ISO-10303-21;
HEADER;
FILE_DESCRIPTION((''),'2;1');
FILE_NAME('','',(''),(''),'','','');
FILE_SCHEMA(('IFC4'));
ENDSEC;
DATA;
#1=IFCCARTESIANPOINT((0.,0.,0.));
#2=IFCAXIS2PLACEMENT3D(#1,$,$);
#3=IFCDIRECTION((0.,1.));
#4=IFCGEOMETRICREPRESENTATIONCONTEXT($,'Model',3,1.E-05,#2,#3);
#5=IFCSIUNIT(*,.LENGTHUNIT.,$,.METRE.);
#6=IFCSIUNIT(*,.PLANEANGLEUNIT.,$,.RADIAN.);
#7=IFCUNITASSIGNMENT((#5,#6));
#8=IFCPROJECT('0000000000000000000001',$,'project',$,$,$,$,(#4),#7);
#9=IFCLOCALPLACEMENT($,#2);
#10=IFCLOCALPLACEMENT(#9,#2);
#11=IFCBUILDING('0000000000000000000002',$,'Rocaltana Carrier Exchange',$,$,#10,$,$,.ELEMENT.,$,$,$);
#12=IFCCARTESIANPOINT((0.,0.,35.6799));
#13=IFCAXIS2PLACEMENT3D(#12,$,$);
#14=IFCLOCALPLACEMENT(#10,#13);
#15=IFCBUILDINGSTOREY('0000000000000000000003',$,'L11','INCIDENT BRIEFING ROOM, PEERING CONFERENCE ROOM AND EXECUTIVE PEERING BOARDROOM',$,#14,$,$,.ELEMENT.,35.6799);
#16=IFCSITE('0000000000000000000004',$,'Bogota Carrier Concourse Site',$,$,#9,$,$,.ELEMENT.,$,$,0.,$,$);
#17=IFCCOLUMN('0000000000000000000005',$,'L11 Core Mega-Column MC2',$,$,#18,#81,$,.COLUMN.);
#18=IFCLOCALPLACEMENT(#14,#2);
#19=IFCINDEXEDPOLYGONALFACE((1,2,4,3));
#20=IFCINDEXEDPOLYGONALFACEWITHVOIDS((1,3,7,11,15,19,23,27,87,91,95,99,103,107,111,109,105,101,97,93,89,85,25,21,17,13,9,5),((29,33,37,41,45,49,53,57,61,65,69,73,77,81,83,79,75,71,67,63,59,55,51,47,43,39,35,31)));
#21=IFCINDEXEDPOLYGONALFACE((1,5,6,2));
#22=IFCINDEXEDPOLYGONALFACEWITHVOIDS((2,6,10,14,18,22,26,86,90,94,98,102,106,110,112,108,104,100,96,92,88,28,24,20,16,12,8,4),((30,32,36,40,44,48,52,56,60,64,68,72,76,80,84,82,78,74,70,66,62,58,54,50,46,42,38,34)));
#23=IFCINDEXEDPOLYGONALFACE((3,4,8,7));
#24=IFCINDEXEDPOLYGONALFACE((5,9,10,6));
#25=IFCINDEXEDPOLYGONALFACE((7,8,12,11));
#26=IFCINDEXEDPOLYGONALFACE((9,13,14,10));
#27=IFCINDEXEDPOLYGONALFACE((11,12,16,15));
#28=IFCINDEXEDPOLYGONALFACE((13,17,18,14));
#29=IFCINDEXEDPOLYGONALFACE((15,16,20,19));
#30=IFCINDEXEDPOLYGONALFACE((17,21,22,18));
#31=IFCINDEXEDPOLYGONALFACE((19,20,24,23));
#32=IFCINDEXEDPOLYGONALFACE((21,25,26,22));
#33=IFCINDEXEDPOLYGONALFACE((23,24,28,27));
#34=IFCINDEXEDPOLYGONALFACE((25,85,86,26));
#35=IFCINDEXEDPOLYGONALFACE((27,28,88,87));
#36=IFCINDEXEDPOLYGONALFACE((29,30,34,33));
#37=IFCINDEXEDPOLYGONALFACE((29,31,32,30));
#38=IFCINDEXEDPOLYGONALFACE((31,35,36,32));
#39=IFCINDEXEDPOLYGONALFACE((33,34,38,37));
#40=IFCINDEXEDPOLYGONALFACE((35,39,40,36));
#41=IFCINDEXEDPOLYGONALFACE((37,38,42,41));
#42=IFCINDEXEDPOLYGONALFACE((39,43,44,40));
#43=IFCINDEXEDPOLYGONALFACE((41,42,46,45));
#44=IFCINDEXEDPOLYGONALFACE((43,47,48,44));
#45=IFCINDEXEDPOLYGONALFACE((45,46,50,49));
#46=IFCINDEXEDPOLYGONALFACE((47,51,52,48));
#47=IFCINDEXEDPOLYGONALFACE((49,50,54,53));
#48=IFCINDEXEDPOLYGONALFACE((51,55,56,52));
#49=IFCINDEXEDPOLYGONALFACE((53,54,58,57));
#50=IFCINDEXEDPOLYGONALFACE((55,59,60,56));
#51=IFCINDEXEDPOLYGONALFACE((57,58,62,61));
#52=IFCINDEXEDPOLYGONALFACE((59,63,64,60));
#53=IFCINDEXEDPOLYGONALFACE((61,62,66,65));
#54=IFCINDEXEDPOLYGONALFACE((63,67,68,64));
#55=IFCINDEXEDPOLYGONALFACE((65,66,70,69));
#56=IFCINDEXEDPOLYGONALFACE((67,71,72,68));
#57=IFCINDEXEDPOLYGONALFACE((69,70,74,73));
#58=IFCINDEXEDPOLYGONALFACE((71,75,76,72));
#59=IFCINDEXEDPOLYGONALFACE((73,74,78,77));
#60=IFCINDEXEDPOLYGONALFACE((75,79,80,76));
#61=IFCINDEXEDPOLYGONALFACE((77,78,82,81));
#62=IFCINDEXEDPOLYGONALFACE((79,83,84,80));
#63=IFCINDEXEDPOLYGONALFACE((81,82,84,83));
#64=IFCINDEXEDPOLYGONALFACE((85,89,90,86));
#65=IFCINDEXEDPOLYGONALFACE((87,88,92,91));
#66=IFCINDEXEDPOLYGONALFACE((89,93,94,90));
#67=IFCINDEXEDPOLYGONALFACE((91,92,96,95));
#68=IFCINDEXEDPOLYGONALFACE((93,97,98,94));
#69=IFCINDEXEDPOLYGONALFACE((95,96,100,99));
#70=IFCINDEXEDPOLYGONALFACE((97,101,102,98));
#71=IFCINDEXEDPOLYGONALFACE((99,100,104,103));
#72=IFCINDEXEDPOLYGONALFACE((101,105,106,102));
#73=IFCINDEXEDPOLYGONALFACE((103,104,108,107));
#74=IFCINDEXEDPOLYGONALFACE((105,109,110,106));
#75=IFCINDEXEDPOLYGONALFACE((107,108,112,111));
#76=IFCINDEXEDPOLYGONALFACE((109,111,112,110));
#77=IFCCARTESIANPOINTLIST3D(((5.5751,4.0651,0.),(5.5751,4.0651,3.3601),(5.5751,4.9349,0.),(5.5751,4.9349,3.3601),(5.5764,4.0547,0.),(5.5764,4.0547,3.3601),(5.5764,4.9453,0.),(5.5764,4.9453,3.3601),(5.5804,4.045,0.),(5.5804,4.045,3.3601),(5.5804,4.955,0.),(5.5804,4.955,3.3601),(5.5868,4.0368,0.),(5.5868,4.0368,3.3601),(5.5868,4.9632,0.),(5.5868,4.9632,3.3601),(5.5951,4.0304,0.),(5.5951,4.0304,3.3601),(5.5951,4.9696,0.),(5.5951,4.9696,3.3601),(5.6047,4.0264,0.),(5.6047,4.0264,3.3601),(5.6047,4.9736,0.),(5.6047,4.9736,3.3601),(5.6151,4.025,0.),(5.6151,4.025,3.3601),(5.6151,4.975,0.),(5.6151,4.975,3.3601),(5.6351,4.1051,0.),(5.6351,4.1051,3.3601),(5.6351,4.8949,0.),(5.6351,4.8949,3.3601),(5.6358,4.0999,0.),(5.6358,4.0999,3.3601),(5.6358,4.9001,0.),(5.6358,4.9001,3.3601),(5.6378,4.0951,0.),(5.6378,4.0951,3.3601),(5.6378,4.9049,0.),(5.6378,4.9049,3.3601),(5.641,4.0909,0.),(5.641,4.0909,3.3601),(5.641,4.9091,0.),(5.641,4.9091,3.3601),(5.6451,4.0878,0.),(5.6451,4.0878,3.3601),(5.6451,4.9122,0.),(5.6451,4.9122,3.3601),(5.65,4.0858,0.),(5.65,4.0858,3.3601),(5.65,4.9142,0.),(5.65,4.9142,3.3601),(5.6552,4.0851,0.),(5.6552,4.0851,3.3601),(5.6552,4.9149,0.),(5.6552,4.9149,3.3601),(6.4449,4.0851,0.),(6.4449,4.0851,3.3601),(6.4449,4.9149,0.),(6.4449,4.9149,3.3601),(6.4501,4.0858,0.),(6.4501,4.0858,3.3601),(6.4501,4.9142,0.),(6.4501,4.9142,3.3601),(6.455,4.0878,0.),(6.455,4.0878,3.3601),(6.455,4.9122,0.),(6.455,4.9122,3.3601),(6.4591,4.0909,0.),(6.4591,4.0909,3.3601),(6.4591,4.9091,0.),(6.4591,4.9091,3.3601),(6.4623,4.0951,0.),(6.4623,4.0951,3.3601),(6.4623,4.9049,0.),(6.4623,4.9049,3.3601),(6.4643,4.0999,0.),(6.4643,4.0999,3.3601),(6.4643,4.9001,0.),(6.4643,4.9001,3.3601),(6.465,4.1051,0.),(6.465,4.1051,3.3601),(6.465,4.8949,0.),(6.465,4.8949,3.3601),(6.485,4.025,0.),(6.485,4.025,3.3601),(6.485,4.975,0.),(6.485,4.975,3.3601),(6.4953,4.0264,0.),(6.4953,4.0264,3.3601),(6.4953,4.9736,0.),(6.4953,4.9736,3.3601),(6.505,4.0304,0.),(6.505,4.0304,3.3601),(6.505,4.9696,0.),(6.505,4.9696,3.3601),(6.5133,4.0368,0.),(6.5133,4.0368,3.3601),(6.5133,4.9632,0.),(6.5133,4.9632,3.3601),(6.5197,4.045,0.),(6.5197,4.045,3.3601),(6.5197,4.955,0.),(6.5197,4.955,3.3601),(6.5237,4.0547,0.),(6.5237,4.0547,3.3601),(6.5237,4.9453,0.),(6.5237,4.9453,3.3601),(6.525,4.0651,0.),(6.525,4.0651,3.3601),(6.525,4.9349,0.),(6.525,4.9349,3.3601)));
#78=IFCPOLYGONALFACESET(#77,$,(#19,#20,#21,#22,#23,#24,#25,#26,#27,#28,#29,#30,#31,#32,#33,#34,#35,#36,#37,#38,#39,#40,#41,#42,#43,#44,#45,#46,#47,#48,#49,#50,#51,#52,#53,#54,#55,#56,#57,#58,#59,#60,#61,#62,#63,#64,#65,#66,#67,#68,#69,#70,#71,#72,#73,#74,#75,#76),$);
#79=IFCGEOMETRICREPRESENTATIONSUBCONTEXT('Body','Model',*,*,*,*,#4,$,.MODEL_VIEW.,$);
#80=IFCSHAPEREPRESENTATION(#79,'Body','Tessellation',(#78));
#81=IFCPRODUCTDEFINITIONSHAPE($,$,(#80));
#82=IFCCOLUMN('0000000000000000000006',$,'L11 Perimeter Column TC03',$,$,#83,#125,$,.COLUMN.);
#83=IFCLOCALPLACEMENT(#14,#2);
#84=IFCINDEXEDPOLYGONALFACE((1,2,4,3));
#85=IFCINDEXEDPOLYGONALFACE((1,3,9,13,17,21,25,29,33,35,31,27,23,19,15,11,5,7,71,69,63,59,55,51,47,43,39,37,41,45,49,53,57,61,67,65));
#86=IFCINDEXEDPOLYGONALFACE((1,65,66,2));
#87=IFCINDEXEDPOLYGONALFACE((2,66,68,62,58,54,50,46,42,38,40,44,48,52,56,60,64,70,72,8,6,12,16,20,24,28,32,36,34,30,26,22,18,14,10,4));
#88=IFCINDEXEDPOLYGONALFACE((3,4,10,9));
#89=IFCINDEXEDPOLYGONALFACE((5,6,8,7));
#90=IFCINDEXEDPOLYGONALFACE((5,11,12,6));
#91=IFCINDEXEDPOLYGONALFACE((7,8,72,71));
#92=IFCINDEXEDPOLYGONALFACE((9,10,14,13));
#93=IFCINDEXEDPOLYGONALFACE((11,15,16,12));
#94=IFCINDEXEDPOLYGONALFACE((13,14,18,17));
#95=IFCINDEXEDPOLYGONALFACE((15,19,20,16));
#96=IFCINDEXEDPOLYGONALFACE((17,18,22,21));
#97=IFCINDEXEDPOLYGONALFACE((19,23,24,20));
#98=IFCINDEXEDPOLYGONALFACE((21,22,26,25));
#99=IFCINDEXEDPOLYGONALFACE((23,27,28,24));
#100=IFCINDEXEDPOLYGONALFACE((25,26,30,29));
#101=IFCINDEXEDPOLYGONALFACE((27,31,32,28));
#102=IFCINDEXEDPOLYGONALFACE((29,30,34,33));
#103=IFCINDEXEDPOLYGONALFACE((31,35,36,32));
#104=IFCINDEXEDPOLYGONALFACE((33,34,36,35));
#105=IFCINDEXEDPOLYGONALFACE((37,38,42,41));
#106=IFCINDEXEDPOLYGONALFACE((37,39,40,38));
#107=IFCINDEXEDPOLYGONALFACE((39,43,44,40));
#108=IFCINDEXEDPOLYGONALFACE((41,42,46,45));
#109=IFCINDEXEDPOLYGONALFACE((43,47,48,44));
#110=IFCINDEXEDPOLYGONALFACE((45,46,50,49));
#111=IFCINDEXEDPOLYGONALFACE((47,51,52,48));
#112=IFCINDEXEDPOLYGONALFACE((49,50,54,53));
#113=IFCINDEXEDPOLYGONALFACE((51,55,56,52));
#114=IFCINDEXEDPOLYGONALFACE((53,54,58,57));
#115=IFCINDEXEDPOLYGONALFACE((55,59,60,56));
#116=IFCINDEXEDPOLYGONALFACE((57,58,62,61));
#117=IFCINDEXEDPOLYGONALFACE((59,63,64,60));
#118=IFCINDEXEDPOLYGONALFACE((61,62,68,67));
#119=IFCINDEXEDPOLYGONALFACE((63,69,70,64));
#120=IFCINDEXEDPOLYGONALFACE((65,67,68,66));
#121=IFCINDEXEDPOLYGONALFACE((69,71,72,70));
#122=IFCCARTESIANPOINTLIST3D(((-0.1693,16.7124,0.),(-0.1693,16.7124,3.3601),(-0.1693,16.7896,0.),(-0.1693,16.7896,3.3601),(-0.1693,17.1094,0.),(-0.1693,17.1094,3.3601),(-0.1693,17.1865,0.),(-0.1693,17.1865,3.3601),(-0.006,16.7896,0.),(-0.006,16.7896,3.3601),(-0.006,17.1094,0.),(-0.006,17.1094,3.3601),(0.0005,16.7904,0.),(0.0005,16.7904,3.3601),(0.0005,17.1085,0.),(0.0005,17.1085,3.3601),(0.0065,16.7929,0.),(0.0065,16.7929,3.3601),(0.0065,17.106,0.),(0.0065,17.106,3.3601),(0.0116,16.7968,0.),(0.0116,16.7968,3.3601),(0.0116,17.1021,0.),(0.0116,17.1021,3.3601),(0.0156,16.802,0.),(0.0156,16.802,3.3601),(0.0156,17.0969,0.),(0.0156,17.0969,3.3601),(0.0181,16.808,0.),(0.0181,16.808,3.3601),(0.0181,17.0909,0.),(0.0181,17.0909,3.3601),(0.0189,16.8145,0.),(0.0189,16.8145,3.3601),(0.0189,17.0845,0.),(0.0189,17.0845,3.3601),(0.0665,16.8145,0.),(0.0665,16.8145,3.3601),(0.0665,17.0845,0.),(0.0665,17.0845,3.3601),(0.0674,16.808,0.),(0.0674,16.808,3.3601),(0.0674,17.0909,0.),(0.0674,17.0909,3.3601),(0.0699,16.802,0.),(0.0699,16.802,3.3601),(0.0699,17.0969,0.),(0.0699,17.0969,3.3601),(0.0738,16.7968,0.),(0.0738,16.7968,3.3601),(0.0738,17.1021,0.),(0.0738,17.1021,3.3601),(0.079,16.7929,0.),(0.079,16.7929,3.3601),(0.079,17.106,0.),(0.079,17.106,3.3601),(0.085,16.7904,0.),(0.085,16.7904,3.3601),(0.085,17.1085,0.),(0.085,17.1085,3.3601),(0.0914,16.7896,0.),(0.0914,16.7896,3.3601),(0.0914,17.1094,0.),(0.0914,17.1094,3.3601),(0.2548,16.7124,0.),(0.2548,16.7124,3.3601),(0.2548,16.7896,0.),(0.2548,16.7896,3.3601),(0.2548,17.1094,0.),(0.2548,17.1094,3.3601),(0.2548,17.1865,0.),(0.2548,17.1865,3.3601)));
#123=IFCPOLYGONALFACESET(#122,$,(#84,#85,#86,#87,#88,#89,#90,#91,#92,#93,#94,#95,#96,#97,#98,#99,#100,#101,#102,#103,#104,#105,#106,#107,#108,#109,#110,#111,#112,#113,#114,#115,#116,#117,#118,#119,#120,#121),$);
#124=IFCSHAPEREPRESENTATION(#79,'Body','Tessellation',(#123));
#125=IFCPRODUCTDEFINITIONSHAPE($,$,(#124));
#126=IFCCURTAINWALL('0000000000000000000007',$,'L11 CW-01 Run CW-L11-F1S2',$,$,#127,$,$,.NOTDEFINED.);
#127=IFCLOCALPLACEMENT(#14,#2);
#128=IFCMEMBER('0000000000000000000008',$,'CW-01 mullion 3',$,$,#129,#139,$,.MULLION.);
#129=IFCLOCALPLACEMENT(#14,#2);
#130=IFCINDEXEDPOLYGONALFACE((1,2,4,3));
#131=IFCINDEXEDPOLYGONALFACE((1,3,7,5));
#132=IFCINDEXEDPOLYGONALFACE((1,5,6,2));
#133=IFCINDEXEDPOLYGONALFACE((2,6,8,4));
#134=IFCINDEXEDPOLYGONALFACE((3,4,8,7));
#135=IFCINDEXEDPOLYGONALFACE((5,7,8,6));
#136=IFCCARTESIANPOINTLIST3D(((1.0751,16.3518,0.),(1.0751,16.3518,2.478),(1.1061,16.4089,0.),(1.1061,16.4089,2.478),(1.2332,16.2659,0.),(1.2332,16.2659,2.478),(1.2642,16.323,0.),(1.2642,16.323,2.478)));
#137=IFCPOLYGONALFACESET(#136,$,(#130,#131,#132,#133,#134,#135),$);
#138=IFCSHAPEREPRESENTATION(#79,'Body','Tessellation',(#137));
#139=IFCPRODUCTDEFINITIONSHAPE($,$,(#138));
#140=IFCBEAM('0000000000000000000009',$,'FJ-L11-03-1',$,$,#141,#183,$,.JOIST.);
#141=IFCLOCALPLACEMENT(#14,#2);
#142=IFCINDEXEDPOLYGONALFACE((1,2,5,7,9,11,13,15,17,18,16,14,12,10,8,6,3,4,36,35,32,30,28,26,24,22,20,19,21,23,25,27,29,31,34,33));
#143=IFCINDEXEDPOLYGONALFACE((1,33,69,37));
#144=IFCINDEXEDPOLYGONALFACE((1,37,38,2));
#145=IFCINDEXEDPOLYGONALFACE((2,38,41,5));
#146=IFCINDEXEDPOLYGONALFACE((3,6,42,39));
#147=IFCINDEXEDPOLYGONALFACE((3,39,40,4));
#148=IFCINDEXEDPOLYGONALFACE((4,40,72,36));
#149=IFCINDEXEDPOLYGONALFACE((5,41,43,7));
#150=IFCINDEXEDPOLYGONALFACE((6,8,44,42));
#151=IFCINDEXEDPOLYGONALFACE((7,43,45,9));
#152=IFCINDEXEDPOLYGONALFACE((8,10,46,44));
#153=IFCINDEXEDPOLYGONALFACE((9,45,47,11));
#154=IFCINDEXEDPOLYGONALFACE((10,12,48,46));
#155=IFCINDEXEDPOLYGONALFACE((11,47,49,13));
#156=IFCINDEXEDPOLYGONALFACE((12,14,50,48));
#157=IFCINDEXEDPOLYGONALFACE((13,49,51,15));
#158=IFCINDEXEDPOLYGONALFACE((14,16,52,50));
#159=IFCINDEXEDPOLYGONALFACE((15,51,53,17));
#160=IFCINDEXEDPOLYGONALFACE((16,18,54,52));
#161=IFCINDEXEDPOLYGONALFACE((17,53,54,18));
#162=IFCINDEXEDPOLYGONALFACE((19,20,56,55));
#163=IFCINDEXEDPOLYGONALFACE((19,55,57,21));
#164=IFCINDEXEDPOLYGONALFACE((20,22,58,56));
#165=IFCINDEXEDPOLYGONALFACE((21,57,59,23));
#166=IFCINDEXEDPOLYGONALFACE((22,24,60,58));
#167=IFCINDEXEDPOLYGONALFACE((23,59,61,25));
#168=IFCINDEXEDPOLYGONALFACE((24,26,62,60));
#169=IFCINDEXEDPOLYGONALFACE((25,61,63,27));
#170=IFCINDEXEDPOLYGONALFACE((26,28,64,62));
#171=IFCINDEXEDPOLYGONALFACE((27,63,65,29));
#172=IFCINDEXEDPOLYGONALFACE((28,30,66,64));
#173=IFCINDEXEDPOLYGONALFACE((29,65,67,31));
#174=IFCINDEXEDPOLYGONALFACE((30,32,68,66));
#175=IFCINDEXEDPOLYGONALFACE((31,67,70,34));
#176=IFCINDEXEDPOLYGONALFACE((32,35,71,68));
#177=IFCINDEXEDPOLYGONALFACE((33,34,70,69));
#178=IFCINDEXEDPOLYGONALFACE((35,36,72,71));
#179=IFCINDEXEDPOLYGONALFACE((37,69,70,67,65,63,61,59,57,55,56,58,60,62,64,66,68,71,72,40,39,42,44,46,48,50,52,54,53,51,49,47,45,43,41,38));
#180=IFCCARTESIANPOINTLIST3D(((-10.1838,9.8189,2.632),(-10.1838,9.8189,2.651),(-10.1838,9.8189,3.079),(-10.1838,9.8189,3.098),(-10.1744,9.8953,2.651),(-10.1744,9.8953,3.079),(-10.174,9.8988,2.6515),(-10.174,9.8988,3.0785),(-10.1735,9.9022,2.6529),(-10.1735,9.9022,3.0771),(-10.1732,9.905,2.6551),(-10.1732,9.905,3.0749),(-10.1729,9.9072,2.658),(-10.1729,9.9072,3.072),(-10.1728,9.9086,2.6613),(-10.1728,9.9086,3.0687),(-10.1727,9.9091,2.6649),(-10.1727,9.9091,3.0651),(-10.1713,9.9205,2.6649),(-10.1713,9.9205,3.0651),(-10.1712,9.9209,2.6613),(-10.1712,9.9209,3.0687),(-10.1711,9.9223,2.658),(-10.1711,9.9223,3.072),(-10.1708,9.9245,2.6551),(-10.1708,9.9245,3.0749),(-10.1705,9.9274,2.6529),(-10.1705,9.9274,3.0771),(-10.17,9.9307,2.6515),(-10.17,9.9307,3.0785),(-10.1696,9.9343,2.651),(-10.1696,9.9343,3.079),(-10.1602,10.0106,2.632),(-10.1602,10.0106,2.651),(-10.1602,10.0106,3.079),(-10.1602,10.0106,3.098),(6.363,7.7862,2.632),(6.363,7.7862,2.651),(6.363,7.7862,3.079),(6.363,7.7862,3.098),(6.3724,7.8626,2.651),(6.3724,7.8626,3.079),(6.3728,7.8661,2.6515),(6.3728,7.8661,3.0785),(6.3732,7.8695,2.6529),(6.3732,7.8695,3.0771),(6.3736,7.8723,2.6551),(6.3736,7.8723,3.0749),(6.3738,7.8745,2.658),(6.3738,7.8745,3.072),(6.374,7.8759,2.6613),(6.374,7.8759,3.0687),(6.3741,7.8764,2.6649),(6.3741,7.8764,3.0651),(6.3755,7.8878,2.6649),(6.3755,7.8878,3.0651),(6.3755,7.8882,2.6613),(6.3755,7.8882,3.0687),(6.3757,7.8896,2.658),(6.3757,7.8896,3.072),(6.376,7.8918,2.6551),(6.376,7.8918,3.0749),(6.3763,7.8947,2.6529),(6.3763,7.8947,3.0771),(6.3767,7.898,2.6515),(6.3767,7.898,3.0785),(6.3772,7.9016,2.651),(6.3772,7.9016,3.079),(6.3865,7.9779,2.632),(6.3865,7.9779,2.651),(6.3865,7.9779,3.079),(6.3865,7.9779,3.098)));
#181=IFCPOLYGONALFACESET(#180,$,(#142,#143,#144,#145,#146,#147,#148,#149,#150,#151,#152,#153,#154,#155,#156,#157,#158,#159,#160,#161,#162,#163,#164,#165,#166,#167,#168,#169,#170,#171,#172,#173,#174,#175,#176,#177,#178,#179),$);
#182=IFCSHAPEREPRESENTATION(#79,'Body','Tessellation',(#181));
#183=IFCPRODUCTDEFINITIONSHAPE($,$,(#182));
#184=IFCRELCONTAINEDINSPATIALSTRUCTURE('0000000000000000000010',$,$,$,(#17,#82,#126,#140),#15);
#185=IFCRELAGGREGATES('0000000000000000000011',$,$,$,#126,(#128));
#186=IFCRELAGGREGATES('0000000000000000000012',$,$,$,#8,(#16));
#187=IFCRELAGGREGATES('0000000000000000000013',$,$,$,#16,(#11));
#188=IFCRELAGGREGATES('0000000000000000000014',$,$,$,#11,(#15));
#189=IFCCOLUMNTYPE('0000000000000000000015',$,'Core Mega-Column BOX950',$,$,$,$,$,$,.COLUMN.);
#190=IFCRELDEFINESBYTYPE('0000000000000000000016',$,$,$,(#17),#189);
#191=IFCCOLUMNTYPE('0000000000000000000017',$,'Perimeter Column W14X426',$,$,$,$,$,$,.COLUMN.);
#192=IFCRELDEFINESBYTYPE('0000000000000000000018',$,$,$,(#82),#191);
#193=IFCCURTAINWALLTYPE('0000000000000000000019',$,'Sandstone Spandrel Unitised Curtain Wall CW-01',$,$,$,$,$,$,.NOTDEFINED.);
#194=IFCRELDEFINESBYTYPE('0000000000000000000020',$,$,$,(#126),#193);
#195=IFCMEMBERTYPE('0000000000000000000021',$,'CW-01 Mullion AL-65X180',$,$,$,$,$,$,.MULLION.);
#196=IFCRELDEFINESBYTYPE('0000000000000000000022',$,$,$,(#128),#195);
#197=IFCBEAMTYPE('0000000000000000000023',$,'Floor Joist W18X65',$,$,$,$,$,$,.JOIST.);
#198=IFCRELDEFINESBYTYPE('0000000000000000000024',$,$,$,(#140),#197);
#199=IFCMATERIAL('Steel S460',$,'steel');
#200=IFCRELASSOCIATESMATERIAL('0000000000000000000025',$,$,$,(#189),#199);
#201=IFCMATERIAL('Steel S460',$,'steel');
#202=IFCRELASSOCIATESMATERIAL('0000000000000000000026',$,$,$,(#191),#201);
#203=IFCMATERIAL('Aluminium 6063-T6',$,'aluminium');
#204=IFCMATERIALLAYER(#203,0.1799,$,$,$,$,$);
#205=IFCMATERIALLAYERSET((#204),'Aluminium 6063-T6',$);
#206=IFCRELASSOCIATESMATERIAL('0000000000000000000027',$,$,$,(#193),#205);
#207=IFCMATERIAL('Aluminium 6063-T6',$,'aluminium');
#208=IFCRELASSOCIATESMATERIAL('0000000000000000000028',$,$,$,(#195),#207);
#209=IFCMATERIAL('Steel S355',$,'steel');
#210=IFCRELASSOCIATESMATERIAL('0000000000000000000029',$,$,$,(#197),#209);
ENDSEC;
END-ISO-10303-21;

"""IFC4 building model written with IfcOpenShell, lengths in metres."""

from ifc_helpers import new_model, si_unit, direction, frame, origin, origin_2d, place, context, subcontext, project, spatial, rectangle, hollow_rectangle, i_section, extrude, material, layer, layer_set, material_profile, profile_set, type_object, element, aggregate, save


model = new_model("IFC4")

# Units and contexts
model_context = context("Model", 3, precision=1e-05, world=origin(), true_north=direction((0.0, 1.0)))
body_context = subcontext(model_context, "Body", "Model", "MODEL_VIEW")
ifc_project = project(units=[si_unit("LENGTHUNIT", "METRE"), si_unit("PLANEANGLEUNIT", "RADIAN")], contexts=[model_context])

# Site, building, storey
site_placement = place(None, origin())
site = spatial("IfcSite", under=ifc_project, at=site_placement, Name="Bogota Carrier Concourse Site", CompositionType="ELEMENT", RefElevation=0.0)
building_placement = place(site_placement, origin())
building = spatial("IfcBuilding", under=site, at=building_placement, Name="Rocaltana Carrier Exchange", CompositionType="ELEMENT")
storey_placement = place(building_placement, frame((0.0, 0.0, 35.6799)))
storey = spatial("IfcBuildingStorey", under=building, at=storey_placement, Name="L11", Description="INCIDENT BRIEFING ROOM, PEERING CONFERENCE ROOM AND EXECUTIVE PEERING BOARDROOM", CompositionType="ELEMENT", Elevation=35.6799)

# Columns
ifc_material_1 = material(Name="Steel S460", Category="steel")
ifc_material_profile_1 = material_profile(ifc_material_1, hollow_rectangle(XDim=0.95, YDim=0.95, WallThickness=0.0601, InnerFilletRadius=0.02, OuterFilletRadius=0.04, at=origin_2d()), Name="BOX950X950X60")
ifc_profile_set_1 = profile_set([ifc_material_profile_1], Name="Steel S460")
column_type_1 = type_object("IfcColumnType", Name="Core Mega-Column BOX950", PredefinedType="COLUMN", material=ifc_profile_set_1)
column_1_placement = place(storey_placement, frame((6.05, 4.5, 0.0), z_axis=(0.0, 0.0, 1.0), x_axis=(1.0, 0.0, 0.0)))
element("IfcColumn", 1, at=column_1_placement, inside=storey, type_object=column_type_1, Name="L11 Core Mega-Column MC2", PredefinedType="COLUMN", context=body_context, shape_type="SweptSolid", body=[
    extrude(hollow_rectangle(XDim=0.95, YDim=0.95, WallThickness=0.0601, InnerFilletRadius=0.02, OuterFilletRadius=0.04, at=origin_2d()), origin(), (0.0, 0.0, 1.0), 3.3601),
])
ifc_material_2 = material(Name="Steel S460", Category="steel")
ifc_material_profile_2 = material_profile(ifc_material_2, i_section(OverallWidth=0.4241, OverallDepth=0.4741, WebThickness=0.0476, FlangeThickness=0.0771, FilletRadius=0.0249, at=origin_2d()), Name="W14X426")
ifc_profile_set_2 = profile_set([ifc_material_profile_2], Name="Steel S460")
column_type_2 = type_object("IfcColumnType", Name="Perimeter Column W14X426", PredefinedType="COLUMN", material=ifc_profile_set_2)
column_2_placement = place(storey_placement, frame((0.0427, 16.9495, 0.0), z_axis=(0.0, 0.0, 1.0), x_axis=(1.0, 0.0, 0.0)))
element("IfcColumn", 2, at=column_2_placement, inside=storey, type_object=column_type_2, Name="L11 Perimeter Column TC03", PredefinedType="COLUMN", context=body_context, shape_type="SweptSolid", body=[
    extrude(i_section(OverallWidth=0.4241, OverallDepth=0.4741, WebThickness=0.0476, FlangeThickness=0.0771, FilletRadius=0.0249, at=origin_2d()), origin(), (0.0, 0.0, 1.0), 3.3601),
])

# Curtain wall, member
ifc_material_3 = material(Name="Aluminium 6063-T6", Category="aluminium")
ifc_layer_1 = layer(ifc_material_3, 0.1799)
ifc_layer_set_1 = layer_set([ifc_layer_1], Name="Aluminium 6063-T6")
curtain_wall_type = type_object("IfcCurtainWallType", Name="Sandstone Spandrel Unitised Curtain Wall CW-01", PredefinedType="NOTDEFINED", material=ifc_layer_set_1)
curtain_wall_placement = place(storey_placement, origin())
curtain_wall = element("IfcCurtainWall", 3, at=curtain_wall_placement, inside=storey, type_object=curtain_wall_type, Name="L11 CW-01 Run CW-L11-F1S2", PredefinedType="NOTDEFINED")
ifc_material_4 = material(Name="Aluminium 6063-T6", Category="aluminium")
ifc_material_profile_3 = material_profile(ifc_material_4, rectangle(XDim=0.0649, YDim=0.1799, at=origin_2d()), Name="AL-65X180")
ifc_profile_set_3 = profile_set([ifc_material_profile_3], Name="Aluminium 6063-T6")
member_type = type_object("IfcMemberType", Name="CW-01 Mullion AL-65X180", PredefinedType="MULLION", material=ifc_profile_set_3)
member_placement = place(storey_placement, frame((1.1697, 16.3374, 0.0), z_axis=(0.0, 0.0, 1.0), x_axis=(-0.477164, -0.878814, 0.0)))
member = element("IfcMember", 4, at=member_placement, type_object=member_type, Name="CW-01 mullion 3", PredefinedType="MULLION", context=body_context, shape_type="SweptSolid", body=[
    extrude(rectangle(XDim=0.0649, YDim=0.1799, at=origin_2d()), origin(), (0.0, 0.0, 1.0), 2.478),
])

# Beam
ifc_material_5 = material(Name="Steel S355", Category="steel")
ifc_material_profile_4 = material_profile(ifc_material_5, i_section(OverallWidth=0.1931, OverallDepth=0.4661, WebThickness=0.0115, FlangeThickness=0.019, FilletRadius=0.0139, at=origin_2d()), Name="W18X65")
ifc_profile_set_4 = profile_set([ifc_material_profile_4], Name="Steel S355")
beam_type_1 = type_object("IfcBeamType", Name="Floor Joist W18X65", PredefinedType="JOIST", material=ifc_profile_set_4)
beam_1_placement = place(storey_placement, frame((6.3748, 7.8821, 2.865), z_axis=(-0.992539, 0.121929, 0.0), x_axis=(-0.121929, -0.992539, 0.0)))
element("IfcBeam", 5, at=beam_1_placement, inside=storey, type_object=beam_type_1, Name="FJ-L11-03-1", PredefinedType="JOIST", context=body_context, shape_type="SweptSolid", body=[
    extrude(i_section(OverallWidth=0.1931, OverallDepth=0.4661, WebThickness=0.0115, FlangeThickness=0.019, FilletRadius=0.0139, at=origin_2d()), origin(), (0.0, 0.0, 1.0), 16.6711),
])

aggregate(curtain_wall, [member])

save(model, "model.ifc")
